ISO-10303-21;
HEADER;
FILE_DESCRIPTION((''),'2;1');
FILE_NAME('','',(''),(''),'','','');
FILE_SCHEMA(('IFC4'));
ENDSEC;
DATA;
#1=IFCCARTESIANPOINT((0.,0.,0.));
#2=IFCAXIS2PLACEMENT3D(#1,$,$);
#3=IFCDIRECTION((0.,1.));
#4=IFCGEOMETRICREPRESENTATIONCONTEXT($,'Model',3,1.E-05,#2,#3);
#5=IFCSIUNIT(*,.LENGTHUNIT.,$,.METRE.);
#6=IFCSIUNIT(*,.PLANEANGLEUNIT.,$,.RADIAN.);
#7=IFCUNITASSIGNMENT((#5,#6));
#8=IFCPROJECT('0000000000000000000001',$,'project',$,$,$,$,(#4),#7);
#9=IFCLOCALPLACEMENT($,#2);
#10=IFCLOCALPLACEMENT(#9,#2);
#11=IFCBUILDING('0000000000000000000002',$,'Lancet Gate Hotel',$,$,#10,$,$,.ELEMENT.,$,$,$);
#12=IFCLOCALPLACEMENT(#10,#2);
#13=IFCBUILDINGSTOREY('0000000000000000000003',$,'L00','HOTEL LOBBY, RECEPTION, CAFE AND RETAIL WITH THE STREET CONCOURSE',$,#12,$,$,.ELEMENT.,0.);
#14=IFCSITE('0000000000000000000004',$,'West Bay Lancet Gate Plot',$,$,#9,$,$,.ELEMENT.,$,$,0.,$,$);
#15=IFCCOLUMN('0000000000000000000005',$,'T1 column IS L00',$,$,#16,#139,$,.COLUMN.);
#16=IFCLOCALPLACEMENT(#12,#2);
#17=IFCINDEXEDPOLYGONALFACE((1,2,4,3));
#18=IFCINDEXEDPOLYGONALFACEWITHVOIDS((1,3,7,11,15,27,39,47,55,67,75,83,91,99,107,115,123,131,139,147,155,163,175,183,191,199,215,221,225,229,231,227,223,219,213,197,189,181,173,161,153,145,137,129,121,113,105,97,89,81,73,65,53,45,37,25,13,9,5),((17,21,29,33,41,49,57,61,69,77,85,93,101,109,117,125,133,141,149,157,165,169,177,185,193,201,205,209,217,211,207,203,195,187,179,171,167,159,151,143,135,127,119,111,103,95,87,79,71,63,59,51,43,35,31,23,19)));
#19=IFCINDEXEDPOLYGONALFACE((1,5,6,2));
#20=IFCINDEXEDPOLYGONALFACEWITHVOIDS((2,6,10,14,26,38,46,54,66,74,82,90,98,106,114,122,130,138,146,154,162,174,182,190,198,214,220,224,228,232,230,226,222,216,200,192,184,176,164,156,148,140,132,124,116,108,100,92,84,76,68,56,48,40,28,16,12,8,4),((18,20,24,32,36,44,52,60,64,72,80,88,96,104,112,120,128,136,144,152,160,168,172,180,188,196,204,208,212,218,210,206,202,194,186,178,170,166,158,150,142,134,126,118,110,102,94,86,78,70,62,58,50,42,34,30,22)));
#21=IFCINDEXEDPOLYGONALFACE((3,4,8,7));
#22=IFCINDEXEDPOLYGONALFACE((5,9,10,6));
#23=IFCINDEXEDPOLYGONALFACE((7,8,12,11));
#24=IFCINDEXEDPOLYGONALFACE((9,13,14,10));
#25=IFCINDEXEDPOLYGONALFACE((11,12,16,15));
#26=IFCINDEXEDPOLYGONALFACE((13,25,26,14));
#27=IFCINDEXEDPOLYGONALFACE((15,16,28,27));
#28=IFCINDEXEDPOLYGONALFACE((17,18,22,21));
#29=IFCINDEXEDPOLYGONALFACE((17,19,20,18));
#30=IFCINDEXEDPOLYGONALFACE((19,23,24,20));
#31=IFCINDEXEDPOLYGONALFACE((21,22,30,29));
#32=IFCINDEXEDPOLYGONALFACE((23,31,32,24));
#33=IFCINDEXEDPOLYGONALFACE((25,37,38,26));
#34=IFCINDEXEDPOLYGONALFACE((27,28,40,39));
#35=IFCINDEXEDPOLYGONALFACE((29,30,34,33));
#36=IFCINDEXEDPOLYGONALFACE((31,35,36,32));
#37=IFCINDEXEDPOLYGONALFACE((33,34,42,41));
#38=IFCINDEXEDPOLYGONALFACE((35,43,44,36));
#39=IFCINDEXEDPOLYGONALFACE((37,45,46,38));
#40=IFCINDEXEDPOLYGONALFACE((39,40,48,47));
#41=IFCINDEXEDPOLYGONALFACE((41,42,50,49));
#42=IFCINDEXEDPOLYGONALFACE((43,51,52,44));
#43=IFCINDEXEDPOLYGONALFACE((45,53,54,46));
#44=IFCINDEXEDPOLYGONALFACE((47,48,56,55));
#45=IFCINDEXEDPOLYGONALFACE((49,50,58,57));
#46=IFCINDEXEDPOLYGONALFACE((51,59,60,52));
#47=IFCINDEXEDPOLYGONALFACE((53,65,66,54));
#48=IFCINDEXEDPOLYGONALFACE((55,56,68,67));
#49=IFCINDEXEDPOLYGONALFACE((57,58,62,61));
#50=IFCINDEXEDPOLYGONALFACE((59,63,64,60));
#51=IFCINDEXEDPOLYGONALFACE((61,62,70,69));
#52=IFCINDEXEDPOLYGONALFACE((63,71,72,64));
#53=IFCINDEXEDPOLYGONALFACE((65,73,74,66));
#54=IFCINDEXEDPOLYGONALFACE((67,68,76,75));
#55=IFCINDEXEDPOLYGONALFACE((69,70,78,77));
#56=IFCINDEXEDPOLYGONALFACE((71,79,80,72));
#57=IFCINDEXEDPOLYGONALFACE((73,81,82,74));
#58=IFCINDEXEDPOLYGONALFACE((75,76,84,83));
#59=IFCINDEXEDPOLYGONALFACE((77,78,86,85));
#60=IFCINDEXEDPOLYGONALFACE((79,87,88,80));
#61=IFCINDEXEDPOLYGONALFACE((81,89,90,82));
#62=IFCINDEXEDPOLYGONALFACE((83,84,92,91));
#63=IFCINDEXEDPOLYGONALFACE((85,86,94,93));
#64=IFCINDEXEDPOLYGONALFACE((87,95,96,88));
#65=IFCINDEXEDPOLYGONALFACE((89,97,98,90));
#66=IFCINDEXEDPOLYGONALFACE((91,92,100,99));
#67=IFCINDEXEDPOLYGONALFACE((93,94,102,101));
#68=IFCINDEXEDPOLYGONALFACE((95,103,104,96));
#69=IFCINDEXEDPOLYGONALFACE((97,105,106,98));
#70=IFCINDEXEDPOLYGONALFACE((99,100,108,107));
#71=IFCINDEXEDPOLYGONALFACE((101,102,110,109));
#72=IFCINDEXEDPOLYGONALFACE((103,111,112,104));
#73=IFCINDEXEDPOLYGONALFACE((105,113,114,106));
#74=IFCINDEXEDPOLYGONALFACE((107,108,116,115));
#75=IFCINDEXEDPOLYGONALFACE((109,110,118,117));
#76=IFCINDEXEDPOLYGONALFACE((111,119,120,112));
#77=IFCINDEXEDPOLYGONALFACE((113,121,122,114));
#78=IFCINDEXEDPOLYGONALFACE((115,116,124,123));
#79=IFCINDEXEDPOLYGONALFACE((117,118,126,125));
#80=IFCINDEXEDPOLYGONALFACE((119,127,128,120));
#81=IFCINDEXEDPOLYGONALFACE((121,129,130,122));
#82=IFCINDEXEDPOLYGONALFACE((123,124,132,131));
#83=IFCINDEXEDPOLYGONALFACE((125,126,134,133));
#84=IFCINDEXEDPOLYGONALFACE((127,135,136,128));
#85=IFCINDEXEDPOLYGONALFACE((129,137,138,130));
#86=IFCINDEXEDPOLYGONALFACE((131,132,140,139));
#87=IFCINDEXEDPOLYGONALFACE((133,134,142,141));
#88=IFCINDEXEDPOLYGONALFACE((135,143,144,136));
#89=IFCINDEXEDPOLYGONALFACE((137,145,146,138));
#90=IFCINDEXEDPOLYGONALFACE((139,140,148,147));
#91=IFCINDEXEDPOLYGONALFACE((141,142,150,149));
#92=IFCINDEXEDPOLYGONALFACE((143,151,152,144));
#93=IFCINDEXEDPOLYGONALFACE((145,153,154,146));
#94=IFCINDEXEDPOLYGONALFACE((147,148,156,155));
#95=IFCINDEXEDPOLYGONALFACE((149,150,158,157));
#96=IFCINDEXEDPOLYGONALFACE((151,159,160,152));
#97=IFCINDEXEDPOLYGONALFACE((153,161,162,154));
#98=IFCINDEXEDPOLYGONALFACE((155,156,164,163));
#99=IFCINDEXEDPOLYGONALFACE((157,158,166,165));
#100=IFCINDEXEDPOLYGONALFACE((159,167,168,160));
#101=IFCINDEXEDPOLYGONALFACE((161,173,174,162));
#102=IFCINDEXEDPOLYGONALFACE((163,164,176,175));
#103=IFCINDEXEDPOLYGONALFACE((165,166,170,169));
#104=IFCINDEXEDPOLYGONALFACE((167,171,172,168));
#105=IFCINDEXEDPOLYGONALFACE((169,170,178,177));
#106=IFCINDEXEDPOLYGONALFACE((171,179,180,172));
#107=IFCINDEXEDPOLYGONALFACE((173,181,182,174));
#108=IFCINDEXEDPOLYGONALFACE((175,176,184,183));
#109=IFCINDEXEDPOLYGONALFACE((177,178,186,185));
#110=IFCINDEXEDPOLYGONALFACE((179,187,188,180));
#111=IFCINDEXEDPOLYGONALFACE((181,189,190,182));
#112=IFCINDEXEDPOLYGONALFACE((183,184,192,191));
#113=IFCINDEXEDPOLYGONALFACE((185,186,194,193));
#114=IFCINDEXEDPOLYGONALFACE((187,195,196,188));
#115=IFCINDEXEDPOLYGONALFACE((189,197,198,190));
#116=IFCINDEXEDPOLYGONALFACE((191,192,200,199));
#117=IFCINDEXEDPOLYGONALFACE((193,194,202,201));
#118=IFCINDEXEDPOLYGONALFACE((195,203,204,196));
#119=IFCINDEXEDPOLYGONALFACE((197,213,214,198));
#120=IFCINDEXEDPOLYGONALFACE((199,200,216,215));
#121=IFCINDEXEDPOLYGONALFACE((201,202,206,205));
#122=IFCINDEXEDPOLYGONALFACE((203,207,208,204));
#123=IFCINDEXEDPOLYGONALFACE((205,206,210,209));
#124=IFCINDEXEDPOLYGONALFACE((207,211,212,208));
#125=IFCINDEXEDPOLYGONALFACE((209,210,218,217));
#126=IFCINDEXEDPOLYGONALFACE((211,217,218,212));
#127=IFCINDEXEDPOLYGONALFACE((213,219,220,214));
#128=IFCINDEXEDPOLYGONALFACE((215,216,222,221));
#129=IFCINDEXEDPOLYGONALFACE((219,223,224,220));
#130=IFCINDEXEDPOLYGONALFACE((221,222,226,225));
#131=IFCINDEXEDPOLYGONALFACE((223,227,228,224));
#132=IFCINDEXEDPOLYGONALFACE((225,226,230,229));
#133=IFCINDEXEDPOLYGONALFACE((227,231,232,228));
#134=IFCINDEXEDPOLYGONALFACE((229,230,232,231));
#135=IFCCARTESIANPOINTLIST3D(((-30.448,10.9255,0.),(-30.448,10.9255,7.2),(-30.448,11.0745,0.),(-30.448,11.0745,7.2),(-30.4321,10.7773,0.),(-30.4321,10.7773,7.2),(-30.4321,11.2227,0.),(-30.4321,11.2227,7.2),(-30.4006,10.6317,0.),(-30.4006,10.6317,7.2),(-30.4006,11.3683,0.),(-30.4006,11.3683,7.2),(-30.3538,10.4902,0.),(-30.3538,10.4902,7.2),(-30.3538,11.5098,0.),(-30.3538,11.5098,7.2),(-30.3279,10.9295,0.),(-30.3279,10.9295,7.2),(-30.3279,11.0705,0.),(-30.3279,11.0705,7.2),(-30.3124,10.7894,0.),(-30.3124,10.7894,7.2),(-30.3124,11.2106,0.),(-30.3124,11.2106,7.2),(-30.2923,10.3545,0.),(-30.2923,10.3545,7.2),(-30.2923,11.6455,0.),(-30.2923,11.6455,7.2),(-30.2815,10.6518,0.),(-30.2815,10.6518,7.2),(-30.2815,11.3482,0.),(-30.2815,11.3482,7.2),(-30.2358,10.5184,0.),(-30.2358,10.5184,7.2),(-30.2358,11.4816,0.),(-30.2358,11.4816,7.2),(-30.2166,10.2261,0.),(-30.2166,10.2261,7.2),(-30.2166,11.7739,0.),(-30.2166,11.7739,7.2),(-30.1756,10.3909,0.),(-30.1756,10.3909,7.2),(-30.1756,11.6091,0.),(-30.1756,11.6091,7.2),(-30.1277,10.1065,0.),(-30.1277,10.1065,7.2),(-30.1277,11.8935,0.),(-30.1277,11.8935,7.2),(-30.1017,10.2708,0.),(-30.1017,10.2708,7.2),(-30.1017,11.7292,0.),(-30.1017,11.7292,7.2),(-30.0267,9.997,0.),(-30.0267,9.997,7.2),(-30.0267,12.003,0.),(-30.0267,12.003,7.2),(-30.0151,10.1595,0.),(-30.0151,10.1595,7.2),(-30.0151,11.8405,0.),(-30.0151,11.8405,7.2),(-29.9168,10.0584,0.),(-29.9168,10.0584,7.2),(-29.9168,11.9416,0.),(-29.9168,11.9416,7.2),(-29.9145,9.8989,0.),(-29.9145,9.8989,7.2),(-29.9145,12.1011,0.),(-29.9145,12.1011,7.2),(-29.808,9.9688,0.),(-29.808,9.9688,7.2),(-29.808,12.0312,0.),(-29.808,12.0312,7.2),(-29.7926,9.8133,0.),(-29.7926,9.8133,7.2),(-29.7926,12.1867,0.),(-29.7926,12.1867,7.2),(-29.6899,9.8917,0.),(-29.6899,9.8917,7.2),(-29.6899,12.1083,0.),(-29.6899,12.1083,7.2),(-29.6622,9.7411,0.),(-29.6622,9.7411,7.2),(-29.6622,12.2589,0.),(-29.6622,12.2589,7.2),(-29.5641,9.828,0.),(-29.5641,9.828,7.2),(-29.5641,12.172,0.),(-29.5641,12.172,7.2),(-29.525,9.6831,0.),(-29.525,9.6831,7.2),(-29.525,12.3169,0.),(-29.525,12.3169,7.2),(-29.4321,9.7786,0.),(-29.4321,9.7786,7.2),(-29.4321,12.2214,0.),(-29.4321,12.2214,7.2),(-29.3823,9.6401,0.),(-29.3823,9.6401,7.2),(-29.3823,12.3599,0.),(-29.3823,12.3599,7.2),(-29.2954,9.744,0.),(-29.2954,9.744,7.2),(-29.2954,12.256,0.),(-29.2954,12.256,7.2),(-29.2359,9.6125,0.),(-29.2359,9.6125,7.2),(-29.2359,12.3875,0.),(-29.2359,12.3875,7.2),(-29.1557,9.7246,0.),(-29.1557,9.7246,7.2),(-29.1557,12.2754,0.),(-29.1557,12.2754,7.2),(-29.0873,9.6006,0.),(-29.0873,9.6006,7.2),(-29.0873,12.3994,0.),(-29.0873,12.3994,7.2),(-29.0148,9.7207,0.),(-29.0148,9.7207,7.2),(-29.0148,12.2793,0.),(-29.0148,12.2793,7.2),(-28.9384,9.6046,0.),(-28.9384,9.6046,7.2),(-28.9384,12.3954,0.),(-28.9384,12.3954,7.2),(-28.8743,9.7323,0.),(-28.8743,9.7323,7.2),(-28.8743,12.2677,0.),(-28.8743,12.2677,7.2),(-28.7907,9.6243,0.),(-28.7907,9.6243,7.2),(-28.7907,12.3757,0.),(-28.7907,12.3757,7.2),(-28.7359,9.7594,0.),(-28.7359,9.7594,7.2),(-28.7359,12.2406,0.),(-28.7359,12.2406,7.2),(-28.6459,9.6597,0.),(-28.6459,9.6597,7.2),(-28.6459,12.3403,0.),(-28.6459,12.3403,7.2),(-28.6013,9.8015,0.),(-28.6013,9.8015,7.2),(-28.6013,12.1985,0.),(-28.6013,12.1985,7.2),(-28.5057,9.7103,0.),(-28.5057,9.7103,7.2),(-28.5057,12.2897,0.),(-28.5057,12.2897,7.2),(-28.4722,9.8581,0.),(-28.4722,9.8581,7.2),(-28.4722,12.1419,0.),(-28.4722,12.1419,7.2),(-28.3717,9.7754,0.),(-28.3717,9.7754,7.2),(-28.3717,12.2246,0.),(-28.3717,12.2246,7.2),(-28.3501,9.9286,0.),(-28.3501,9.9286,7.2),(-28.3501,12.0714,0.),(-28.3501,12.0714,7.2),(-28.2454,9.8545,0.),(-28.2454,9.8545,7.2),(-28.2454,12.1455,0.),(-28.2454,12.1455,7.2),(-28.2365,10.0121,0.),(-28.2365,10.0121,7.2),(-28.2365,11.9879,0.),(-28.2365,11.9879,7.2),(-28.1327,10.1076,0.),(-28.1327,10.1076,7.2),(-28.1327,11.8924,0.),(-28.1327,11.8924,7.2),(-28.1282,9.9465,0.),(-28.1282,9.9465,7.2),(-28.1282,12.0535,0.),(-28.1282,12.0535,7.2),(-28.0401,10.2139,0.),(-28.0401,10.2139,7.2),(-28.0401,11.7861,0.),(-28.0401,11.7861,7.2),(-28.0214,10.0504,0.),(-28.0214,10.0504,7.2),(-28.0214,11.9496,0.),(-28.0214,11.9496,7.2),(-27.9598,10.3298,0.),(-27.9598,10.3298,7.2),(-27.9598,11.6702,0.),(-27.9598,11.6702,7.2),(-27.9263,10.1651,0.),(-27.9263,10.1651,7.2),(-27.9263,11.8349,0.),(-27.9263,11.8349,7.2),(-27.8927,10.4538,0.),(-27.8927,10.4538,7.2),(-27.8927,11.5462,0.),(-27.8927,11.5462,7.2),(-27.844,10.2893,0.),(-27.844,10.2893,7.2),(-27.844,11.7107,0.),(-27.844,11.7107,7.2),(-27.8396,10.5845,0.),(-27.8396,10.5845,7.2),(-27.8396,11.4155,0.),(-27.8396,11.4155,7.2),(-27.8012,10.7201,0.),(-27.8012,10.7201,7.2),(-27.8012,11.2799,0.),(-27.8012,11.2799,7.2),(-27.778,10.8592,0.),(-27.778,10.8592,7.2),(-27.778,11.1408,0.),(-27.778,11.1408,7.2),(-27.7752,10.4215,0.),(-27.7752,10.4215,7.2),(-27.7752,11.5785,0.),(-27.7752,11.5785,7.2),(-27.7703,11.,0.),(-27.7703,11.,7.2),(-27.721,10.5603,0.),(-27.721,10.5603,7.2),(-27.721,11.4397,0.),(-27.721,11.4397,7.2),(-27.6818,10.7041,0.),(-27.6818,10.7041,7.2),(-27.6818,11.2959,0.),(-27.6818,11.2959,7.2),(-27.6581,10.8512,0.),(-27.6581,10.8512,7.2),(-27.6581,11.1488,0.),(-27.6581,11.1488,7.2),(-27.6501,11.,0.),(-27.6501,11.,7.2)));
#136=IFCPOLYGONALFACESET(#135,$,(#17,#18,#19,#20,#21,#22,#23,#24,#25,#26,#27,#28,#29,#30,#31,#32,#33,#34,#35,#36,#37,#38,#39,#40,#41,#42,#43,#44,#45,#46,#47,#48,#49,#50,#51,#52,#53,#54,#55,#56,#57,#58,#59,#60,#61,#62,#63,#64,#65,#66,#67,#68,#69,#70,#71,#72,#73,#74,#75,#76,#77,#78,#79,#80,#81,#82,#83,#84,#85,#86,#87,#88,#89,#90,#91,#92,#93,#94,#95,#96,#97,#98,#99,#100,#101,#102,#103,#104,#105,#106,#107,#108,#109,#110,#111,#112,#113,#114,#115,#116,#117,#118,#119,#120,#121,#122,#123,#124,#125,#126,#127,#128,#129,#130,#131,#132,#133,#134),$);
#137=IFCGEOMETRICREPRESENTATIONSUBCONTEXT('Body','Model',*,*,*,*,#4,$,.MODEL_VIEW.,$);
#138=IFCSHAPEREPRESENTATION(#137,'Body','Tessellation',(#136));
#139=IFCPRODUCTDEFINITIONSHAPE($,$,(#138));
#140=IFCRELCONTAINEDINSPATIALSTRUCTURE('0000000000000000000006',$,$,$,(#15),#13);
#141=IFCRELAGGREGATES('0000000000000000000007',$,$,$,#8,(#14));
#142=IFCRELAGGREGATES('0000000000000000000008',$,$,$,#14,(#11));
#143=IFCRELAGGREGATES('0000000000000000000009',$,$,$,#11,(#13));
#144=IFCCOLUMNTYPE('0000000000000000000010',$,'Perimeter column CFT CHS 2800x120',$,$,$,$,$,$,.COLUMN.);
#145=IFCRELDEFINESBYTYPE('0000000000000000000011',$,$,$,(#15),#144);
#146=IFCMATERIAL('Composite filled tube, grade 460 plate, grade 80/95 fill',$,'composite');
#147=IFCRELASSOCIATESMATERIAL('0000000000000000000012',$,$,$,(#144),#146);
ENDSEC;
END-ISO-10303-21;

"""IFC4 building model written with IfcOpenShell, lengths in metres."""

from ifc_helpers import new_model, si_unit, direction, frame, origin, origin_2d, place, context, subcontext, project, spatial, hollow_circle, extrude, material, material_profile, profile_set, type_object, element, save


model = new_model("IFC4")

# Units and contexts
model_context = context("Model", 3, precision=1e-05, world=origin(), true_north=direction((0.0, 1.0)))
body_context = subcontext(model_context, "Body", "Model", "MODEL_VIEW")
ifc_project = project(units=[si_unit("LENGTHUNIT", "METRE"), si_unit("PLANEANGLEUNIT", "RADIAN")], contexts=[model_context])

# Site, building, storey
site_placement = place(None, origin())
site = spatial("IfcSite", under=ifc_project, at=site_placement, Name="West Bay Lancet Gate Plot", CompositionType="ELEMENT", RefElevation=0.0)
building_placement = place(site_placement, origin())
building = spatial("IfcBuilding", under=site, at=building_placement, Name="Lancet Gate Hotel", CompositionType="ELEMENT")
storey_placement = place(building_placement, origin())
storey = spatial("IfcBuildingStorey", under=building, at=storey_placement, Name="L00", Description="HOTEL LOBBY, RECEPTION, CAFE AND RETAIL WITH THE STREET CONCOURSE", CompositionType="ELEMENT", Elevation=0.0)

# Column
ifc_material_1 = material(Name="Composite filled tube, grade 460 plate, grade 80/95 fill", Category="composite")
ifc_material_profile_1 = material_profile(ifc_material_1, hollow_circle(Radius=1.3999, WallThickness=0.1201, at=origin_2d()), Name="CHS 2800x120")
ifc_profile_set_1 = profile_set([ifc_material_profile_1], Name="Composite filled tube, grade 460 plate, grade 80/95 fill")
column_type_1 = type_object("IfcColumnType", Name="Perimeter column CFT CHS 2800x120", PredefinedType="COLUMN", material=ifc_profile_set_1)
for number, where, z_axis, x_axis, name in (
    (1, (-29.05, 11.0, 0.0), (0.0, 0.0, 1.0), (1.0, 0.0, 0.0), "T1 column IS L00"),
):
    element("IfcColumn", number, at=place(storey_placement, frame(where, z_axis=z_axis, x_axis=x_axis)), inside=storey, type_object=column_type_1, Name=name, PredefinedType="COLUMN", context=body_context, shape_type="SweptSolid", body=[
        extrude(hollow_circle(Radius=1.3999, WallThickness=0.1201, at=origin_2d()), origin(), (0.0, 0.0, 1.0), 7.2),
    ])

save(model, "model.ifc")
